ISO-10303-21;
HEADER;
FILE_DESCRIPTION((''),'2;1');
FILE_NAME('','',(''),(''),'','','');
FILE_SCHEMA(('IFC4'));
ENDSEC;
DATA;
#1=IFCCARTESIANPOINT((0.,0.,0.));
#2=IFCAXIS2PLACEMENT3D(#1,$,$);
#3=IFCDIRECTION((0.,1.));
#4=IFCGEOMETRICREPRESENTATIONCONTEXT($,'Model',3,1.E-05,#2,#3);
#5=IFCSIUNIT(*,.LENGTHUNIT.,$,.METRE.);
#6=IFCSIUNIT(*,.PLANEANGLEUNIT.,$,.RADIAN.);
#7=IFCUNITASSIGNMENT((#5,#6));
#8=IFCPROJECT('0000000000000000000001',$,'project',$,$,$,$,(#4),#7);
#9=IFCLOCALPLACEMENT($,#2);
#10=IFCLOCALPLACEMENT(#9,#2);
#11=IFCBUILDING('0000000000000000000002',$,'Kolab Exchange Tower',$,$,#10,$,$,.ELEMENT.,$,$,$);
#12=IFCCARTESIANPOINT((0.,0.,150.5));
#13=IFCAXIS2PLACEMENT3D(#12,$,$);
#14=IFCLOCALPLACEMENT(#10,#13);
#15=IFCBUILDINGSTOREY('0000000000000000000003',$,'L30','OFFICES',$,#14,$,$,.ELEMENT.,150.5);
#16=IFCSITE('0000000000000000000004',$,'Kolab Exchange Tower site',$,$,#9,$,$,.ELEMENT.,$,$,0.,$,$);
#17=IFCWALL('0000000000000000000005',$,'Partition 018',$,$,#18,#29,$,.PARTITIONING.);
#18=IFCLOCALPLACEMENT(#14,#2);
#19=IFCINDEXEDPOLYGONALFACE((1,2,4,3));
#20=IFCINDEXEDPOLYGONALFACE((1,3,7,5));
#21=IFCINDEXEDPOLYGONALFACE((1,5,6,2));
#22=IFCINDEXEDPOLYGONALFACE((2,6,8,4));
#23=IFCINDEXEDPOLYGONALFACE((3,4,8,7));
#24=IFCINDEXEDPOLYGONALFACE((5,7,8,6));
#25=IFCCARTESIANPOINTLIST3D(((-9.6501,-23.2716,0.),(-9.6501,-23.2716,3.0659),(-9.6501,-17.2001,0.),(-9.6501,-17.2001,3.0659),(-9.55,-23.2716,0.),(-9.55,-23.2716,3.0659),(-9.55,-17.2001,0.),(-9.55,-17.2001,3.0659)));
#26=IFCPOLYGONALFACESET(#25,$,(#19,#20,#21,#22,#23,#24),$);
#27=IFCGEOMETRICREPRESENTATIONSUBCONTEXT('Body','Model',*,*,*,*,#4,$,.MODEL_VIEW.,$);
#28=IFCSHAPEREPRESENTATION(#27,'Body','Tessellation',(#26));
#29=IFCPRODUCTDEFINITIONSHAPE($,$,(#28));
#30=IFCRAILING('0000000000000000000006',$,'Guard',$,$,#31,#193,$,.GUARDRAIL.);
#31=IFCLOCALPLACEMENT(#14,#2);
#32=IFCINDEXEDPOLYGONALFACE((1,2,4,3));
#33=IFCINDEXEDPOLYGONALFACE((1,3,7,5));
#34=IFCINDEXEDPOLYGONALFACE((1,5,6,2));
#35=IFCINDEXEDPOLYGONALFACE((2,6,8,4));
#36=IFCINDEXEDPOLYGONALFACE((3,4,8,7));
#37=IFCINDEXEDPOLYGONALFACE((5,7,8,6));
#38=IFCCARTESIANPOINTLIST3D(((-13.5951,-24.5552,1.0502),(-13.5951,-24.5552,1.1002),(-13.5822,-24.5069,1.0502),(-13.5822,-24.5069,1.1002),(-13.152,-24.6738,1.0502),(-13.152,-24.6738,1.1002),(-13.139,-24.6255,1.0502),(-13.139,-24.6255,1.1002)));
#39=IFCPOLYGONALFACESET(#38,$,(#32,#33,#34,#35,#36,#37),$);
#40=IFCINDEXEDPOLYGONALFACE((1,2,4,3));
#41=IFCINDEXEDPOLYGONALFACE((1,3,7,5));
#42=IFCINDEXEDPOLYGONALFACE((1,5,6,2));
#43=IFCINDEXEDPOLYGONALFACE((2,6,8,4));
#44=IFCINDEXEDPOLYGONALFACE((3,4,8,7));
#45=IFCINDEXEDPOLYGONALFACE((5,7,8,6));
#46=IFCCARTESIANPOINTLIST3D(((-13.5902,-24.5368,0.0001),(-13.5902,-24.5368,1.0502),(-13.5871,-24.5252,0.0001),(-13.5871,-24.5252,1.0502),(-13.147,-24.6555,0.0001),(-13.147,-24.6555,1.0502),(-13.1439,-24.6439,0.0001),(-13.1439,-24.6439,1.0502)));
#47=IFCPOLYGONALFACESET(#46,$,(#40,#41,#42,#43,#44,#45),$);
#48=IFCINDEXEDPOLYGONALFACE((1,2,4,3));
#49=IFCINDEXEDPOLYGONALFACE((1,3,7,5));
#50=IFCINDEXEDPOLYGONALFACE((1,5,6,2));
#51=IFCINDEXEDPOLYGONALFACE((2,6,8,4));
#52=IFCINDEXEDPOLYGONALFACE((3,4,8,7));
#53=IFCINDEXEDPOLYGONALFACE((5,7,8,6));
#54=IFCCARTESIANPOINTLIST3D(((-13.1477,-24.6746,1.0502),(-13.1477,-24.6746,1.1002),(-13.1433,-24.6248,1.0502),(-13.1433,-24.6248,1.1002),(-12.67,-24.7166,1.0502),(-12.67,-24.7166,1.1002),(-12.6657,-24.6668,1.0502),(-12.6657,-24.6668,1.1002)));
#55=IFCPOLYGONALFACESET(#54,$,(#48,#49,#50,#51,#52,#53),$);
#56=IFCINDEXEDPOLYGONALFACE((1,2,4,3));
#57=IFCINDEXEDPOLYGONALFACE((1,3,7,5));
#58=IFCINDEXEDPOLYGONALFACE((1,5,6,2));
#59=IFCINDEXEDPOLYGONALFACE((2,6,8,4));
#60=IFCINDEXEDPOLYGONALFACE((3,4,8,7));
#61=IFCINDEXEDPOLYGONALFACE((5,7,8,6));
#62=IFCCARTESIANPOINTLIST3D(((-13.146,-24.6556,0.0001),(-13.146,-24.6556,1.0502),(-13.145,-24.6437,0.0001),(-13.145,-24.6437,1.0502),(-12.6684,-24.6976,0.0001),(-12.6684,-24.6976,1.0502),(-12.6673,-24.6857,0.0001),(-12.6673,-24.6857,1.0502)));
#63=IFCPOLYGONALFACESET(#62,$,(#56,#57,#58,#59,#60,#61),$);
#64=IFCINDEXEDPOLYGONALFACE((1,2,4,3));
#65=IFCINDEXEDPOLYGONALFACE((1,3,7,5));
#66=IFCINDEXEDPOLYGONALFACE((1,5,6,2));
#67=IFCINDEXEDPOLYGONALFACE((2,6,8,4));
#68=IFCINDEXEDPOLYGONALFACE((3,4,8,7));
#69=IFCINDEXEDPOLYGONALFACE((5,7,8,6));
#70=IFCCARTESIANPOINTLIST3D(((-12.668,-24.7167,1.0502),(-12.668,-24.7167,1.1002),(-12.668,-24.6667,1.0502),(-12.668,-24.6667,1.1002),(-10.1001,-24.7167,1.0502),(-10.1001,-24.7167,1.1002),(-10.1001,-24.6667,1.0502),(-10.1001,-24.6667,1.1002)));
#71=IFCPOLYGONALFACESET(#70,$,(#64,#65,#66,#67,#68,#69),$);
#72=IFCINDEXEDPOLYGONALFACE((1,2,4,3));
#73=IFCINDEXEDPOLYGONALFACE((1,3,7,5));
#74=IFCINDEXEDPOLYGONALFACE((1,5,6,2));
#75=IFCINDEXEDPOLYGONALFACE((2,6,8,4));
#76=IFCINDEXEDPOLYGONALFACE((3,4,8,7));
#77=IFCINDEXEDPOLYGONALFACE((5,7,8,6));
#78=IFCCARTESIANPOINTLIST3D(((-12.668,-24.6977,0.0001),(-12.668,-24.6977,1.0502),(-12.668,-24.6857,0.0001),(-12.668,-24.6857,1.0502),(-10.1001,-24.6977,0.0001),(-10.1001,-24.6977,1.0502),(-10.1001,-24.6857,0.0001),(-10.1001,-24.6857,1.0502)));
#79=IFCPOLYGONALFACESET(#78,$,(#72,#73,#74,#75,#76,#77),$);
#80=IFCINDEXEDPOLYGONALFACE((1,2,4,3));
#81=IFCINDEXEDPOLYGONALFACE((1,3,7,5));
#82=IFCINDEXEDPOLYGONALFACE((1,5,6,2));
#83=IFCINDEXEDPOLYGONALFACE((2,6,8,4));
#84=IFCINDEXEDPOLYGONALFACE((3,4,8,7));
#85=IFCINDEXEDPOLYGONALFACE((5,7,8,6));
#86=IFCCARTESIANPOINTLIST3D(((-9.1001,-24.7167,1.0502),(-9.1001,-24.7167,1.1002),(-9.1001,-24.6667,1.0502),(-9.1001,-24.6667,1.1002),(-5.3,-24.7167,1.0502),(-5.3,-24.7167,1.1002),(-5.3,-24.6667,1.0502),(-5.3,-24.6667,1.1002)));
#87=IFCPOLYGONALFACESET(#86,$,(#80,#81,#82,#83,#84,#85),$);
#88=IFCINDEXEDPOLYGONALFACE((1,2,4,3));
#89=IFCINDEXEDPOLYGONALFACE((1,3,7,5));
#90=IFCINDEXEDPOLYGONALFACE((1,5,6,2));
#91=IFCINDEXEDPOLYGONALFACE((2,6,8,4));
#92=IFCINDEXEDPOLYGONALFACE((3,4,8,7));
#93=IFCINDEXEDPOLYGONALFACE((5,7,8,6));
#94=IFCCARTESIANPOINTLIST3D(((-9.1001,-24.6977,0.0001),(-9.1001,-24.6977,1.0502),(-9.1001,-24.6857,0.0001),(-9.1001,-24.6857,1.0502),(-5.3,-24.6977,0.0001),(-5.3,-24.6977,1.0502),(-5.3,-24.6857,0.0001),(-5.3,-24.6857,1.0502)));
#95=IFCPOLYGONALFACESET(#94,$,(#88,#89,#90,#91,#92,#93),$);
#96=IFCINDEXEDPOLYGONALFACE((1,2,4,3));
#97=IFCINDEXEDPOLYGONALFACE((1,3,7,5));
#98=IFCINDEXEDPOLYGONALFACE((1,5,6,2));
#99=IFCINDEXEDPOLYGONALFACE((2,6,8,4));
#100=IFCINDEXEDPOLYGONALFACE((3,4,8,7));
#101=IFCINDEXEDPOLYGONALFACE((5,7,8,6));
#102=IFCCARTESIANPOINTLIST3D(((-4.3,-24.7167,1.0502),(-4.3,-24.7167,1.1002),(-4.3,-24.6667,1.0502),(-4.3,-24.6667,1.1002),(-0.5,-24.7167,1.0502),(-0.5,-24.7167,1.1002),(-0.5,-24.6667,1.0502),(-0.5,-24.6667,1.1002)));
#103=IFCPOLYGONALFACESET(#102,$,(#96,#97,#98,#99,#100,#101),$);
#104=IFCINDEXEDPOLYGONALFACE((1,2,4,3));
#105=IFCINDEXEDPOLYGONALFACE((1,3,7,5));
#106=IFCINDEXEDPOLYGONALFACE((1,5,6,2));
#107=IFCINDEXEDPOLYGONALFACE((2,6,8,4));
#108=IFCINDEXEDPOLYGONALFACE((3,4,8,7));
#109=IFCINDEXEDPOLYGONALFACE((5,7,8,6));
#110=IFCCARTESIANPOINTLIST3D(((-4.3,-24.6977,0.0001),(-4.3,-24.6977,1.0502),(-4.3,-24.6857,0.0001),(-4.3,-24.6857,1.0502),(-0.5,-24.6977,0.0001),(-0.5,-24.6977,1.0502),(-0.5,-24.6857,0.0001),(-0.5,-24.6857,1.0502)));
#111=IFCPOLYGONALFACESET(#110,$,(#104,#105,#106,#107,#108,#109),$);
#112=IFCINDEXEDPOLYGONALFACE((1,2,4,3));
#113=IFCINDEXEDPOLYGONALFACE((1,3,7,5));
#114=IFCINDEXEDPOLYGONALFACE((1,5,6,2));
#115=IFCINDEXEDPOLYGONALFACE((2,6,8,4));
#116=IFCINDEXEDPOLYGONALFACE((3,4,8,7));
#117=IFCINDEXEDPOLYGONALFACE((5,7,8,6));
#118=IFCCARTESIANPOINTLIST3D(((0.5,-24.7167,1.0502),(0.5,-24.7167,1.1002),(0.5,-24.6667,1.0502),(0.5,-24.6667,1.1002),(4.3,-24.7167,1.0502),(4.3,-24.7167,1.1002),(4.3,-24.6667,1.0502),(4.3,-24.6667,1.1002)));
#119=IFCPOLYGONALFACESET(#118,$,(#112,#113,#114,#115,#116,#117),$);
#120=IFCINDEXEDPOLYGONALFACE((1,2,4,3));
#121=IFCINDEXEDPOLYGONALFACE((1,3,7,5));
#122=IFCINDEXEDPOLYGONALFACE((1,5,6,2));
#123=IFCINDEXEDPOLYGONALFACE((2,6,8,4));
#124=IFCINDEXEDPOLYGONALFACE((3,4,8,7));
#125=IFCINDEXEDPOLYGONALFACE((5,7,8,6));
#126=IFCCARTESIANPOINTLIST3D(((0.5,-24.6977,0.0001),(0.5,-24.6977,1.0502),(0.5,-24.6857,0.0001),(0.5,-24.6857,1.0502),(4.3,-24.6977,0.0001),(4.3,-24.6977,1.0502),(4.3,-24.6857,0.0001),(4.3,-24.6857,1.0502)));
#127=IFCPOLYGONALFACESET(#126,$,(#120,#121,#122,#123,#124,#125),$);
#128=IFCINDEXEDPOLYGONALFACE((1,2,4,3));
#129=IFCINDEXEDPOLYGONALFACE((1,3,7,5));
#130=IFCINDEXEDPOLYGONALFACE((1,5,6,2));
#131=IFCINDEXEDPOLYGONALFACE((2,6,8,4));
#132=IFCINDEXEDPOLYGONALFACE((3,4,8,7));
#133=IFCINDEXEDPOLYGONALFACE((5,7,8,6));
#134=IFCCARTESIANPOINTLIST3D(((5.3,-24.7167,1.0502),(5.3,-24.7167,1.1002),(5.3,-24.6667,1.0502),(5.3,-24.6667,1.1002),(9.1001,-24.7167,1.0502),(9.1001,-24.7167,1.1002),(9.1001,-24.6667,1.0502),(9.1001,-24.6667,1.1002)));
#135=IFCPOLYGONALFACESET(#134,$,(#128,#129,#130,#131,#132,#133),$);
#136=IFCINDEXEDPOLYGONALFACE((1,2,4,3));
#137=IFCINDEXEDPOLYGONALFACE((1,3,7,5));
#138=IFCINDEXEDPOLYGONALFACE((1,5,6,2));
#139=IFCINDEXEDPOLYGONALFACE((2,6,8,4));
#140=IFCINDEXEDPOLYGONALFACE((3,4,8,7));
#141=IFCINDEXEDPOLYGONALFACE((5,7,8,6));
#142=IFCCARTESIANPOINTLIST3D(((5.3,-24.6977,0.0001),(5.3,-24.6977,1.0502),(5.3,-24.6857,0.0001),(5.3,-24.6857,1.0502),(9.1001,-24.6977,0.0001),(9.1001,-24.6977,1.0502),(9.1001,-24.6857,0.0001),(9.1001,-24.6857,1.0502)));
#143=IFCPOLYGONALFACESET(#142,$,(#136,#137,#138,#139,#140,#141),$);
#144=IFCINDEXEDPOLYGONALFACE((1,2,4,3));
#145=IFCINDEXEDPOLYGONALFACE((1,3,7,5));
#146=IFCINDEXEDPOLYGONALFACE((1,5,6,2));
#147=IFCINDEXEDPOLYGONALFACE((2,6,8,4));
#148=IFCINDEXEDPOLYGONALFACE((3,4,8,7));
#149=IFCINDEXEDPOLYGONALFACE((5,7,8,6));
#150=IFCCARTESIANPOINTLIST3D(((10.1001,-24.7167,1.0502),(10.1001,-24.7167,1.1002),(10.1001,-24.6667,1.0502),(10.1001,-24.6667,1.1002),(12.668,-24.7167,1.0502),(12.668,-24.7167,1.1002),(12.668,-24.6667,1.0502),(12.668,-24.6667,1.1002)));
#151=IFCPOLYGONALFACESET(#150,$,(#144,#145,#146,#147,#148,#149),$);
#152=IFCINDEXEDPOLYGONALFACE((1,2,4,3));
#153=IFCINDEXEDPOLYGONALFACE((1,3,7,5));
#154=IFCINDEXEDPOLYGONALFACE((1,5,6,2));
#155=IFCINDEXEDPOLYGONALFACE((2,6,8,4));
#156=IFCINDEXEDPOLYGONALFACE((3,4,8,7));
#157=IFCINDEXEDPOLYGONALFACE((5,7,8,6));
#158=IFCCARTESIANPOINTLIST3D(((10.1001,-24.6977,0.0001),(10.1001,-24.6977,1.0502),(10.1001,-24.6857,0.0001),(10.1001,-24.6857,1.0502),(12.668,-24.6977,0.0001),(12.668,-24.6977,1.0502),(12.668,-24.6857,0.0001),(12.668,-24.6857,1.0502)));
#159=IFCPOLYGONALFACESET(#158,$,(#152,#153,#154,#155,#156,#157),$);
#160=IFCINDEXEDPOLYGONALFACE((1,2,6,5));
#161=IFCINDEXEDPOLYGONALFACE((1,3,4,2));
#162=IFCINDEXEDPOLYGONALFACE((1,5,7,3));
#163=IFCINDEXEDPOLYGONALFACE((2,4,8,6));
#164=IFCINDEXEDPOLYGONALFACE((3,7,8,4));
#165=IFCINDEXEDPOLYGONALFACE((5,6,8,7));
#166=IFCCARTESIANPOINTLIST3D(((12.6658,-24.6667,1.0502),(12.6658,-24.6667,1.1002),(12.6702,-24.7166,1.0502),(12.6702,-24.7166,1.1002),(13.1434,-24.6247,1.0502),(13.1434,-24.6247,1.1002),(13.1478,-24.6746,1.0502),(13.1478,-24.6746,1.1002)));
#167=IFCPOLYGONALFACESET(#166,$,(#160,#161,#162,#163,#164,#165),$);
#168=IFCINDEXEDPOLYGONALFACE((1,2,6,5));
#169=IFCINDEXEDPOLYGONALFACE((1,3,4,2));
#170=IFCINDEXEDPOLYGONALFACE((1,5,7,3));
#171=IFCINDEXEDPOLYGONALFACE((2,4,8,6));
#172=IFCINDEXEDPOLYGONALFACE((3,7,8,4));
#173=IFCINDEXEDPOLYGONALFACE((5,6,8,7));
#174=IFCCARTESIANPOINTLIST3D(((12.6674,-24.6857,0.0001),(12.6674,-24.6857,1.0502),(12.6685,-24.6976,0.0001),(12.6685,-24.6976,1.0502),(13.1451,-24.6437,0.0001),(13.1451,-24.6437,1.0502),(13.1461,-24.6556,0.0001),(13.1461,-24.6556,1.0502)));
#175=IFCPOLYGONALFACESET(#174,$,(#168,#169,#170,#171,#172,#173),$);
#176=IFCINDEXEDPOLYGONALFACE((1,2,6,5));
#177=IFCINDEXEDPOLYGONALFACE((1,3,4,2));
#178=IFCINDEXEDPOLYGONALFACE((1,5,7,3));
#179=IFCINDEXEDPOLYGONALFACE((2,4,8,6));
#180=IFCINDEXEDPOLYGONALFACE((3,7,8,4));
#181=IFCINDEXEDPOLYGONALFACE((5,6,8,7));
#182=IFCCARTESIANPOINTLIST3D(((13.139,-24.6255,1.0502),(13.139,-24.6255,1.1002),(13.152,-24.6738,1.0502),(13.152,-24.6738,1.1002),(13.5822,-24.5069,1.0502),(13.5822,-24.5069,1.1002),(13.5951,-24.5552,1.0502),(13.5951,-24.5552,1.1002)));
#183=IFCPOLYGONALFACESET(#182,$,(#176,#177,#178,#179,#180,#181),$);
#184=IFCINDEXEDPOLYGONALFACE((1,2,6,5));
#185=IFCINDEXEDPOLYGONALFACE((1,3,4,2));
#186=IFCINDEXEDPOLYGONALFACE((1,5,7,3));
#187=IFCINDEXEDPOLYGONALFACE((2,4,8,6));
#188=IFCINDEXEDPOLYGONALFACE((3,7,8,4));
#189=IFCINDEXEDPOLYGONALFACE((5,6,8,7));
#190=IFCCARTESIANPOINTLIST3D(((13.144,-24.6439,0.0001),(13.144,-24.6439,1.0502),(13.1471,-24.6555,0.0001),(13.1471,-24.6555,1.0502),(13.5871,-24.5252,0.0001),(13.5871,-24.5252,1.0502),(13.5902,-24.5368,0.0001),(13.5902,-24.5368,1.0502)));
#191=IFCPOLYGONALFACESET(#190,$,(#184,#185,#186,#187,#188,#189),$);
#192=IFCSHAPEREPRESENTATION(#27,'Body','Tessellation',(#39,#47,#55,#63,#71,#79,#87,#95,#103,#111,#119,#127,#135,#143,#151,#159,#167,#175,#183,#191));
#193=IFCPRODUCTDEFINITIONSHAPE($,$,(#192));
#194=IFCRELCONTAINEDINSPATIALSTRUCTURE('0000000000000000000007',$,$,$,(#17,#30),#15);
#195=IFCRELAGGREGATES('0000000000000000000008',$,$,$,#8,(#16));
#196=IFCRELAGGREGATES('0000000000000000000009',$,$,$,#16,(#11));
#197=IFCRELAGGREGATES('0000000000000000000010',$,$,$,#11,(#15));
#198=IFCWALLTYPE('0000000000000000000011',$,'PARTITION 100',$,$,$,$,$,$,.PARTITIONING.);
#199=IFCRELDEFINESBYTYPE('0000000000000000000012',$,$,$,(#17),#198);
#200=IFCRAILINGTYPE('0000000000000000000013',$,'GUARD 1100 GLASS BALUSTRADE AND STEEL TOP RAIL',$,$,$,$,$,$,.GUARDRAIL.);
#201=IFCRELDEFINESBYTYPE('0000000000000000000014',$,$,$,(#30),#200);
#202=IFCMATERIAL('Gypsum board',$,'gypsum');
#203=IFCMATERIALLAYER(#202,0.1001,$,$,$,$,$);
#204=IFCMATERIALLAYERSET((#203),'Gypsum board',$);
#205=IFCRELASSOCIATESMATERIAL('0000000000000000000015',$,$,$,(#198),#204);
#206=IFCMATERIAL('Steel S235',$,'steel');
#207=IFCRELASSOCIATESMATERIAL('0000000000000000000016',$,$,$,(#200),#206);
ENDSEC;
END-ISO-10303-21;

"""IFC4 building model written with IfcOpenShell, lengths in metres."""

from ifc_helpers import new_model, si_unit, direction, frame, frame_2d, origin, origin_2d, place, context, subcontext, project, spatial, rectangle, extrude, material, layer, layer_set, type_object, element, save


model = new_model("IFC4")

# Units and contexts
model_context = context("Model", 3, precision=1e-05, world=origin(), true_north=direction((0.0, 1.0)))
body_context = subcontext(model_context, "Body", "Model", "MODEL_VIEW")
ifc_project = project(units=[si_unit("LENGTHUNIT", "METRE"), si_unit("PLANEANGLEUNIT", "RADIAN")], contexts=[model_context])

# Site, building, storey
site_placement = place(None, origin())
site = spatial("IfcSite", under=ifc_project, at=site_placement, Name="Kolab Exchange Tower site", CompositionType="ELEMENT", RefElevation=0.0)
building_placement = place(site_placement, origin())
building = spatial("IfcBuilding", under=site, at=building_placement, Name="Kolab Exchange Tower", CompositionType="ELEMENT")
storey_placement = place(building_placement, frame((0.0, 0.0, 150.5)))
storey = spatial("IfcBuildingStorey", under=building, at=storey_placement, Name="L30", Description="OFFICES", CompositionType="ELEMENT", Elevation=150.5)

# Wall
ifc_material_1 = material(Name="Gypsum board", Category="gypsum")
ifc_layer_1 = layer(ifc_material_1, 0.1001)
ifc_layer_set_1 = layer_set([ifc_layer_1], Name="Gypsum board")
wall_type = type_object("IfcWallType", Name="PARTITION 100", PredefinedType="PARTITIONING", material=ifc_layer_set_1)
wall_placement = place(storey_placement, frame((-9.6001, -23.2715, 0.0), z_axis=(0.0, 0.0, 1.0), x_axis=(0.0, 1.0, 0.0)))
element("IfcWall", 1, at=wall_placement, inside=storey, type_object=wall_type, Name="Partition 018", PredefinedType="PARTITIONING", context=body_context, shape_type="SweptSolid", body=[
    extrude(rectangle(XDim=6.0715, YDim=0.1001, at=frame_2d((3.0356, 0.0))), origin(), (0.0, 0.0, 1.0), 3.0659),
])

# Railing
ifc_material_2 = material(Name="Steel S235", Category="steel")
railing_type = type_object("IfcRailingType", Name="GUARD 1100 GLASS BALUSTRADE AND STEEL TOP RAIL", PredefinedType="GUARDRAIL", material=ifc_material_2)
railing_placement = place(storey_placement, frame((-13.5886, -24.531, 0.0)))
element("IfcRailing", 2, at=railing_placement, inside=storey, type_object=railing_type, Name="Guard", PredefinedType="GUARDRAIL", context=body_context, shape_type="SweptSolid", body=[
    extrude(rectangle(XDim=0.05, YDim=0.05, at=origin_2d()), frame((0.0, 0.0, 1.0752), z_axis=(0.965969, -0.258656, 0.0), x_axis=(0.258656, 0.965969, 0.0)), (0.0, 0.0, 1.0), 0.4587),
    extrude(rectangle(XDim=0.012, YDim=1.0501, at=frame_2d((0.0, 0.5251))), frame((0.0, 0.0, 0.0), z_axis=(0.965969, -0.258656, 0.0), x_axis=(0.258656, 0.965969, 0.0)), (0.0, 0.0, 1.0), 0.4587),
    extrude(rectangle(XDim=0.05, YDim=0.05, at=origin_2d()), frame((0.4431, -0.1187, 1.0752), z_axis=(0.996156, -0.087597, 0.0), x_axis=(0.087597, 0.996156, 0.0)), (0.0, 0.0, 1.0), 0.4795),
    extrude(rectangle(XDim=0.012, YDim=1.0501, at=frame_2d((0.0, 0.5251))), frame((0.4431, -0.1187, 0.0), z_axis=(0.996156, -0.087597, 0.0), x_axis=(0.087597, 0.996156, 0.0)), (0.0, 0.0, 1.0), 0.4795),
    extrude(rectangle(XDim=0.05, YDim=0.05, at=origin_2d()), frame((0.9207, -0.1606, 1.0752), z_axis=(1.0, 0.0, 0.0), x_axis=(0.0, 1.0, 0.0)), (0.0, 0.0, 1.0), 2.5679),
    extrude(rectangle(XDim=0.012, YDim=1.0501, at=frame_2d((0.0, 0.5251))), frame((0.9207, -0.1606, 0.0), z_axis=(1.0, 0.0, 0.0), x_axis=(0.0, 1.0, 0.0)), (0.0, 0.0, 1.0), 2.5679),
    extrude(rectangle(XDim=0.05, YDim=0.05, at=origin_2d()), frame((4.4885, -0.1606, 1.0752), z_axis=(1.0, 0.0, 0.0), x_axis=(0.0, 1.0, 0.0)), (0.0, 0.0, 1.0), 3.8),
    extrude(rectangle(XDim=0.012, YDim=1.0501, at=frame_2d((0.0, 0.5251))), frame((4.4885, -0.1606, 0.0), z_axis=(1.0, 0.0, 0.0), x_axis=(0.0, 1.0, 0.0)), (0.0, 0.0, 1.0), 3.8),
    extrude(rectangle(XDim=0.05, YDim=0.05, at=origin_2d()), frame((9.2886, -0.1606, 1.0752), z_axis=(1.0, 0.0, 0.0), x_axis=(0.0, 1.0, 0.0)), (0.0, 0.0, 1.0), 3.8),
    extrude(rectangle(XDim=0.012, YDim=1.0501, at=frame_2d((0.0, 0.5251))), frame((9.2886, -0.1606, 0.0), z_axis=(1.0, 0.0, 0.0), x_axis=(0.0, 1.0, 0.0)), (0.0, 0.0, 1.0), 3.8),
    extrude(rectangle(XDim=0.05, YDim=0.05, at=origin_2d()), frame((14.0886, -0.1606, 1.0752), z_axis=(1.0, 0.0, 0.0), x_axis=(0.0, 1.0, 0.0)), (0.0, 0.0, 1.0), 3.8),
    extrude(rectangle(XDim=0.012, YDim=1.0501, at=frame_2d((0.0, 0.5251))), frame((14.0886, -0.1606, 0.0), z_axis=(1.0, 0.0, 0.0), x_axis=(0.0, 1.0, 0.0)), (0.0, 0.0, 1.0), 3.8),
    extrude(rectangle(XDim=0.05, YDim=0.05, at=origin_2d()), frame((18.8887, -0.1606, 1.0752), z_axis=(1.0, 0.0, 0.0), x_axis=(0.0, 1.0, 0.0)), (0.0, 0.0, 1.0), 3.8),
    extrude(rectangle(XDim=0.012, YDim=1.0501, at=frame_2d((0.0, 0.5251))), frame((18.8887, -0.1606, 0.0), z_axis=(1.0, 0.0, 0.0), x_axis=(0.0, 1.0, 0.0)), (0.0, 0.0, 1.0), 3.8),
    extrude(rectangle(XDim=0.05, YDim=0.05, at=origin_2d()), frame((23.6887, -0.1606, 1.0752), z_axis=(1.0, 0.0, 0.0), x_axis=(0.0, 1.0, 0.0)), (0.0, 0.0, 1.0), 2.5679),
    extrude(rectangle(XDim=0.012, YDim=1.0501, at=frame_2d((0.0, 0.5251))), frame((23.6887, -0.1606, 0.0), z_axis=(1.0, 0.0, 0.0), x_axis=(0.0, 1.0, 0.0)), (0.0, 0.0, 1.0), 2.5679),
    extrude(rectangle(XDim=0.05, YDim=0.05, at=origin_2d()), frame((26.2566, -0.1606, 1.0752), z_axis=(0.996156, 0.087597, 0.0), x_axis=(-0.087597, 0.996156, 0.0)), (0.0, 0.0, 1.0), 0.4795),
    extrude(rectangle(XDim=0.012, YDim=1.0501, at=frame_2d((0.0, 0.5251))), frame((26.2566, -0.1606, 0.0), z_axis=(0.996156, 0.087597, 0.0), x_axis=(-0.087597, 0.996156, 0.0)), (0.0, 0.0, 1.0), 0.4795),
    extrude(rectangle(XDim=0.05, YDim=0.05, at=origin_2d()), frame((26.7341, -0.1187, 1.0752), z_axis=(0.965969, 0.258656, 0.0), x_axis=(-0.258656, 0.965969, 0.0)), (0.0, 0.0, 1.0), 0.4587),
    extrude(rectangle(XDim=0.012, YDim=1.0501, at=frame_2d((0.0, 0.5251))), frame((26.7341, -0.1187, 0.0), z_axis=(0.965969, 0.258656, 0.0), x_axis=(-0.258656, 0.965969, 0.0)), (0.0, 0.0, 1.0), 0.4587),
])

save(model, "model.ifc")
